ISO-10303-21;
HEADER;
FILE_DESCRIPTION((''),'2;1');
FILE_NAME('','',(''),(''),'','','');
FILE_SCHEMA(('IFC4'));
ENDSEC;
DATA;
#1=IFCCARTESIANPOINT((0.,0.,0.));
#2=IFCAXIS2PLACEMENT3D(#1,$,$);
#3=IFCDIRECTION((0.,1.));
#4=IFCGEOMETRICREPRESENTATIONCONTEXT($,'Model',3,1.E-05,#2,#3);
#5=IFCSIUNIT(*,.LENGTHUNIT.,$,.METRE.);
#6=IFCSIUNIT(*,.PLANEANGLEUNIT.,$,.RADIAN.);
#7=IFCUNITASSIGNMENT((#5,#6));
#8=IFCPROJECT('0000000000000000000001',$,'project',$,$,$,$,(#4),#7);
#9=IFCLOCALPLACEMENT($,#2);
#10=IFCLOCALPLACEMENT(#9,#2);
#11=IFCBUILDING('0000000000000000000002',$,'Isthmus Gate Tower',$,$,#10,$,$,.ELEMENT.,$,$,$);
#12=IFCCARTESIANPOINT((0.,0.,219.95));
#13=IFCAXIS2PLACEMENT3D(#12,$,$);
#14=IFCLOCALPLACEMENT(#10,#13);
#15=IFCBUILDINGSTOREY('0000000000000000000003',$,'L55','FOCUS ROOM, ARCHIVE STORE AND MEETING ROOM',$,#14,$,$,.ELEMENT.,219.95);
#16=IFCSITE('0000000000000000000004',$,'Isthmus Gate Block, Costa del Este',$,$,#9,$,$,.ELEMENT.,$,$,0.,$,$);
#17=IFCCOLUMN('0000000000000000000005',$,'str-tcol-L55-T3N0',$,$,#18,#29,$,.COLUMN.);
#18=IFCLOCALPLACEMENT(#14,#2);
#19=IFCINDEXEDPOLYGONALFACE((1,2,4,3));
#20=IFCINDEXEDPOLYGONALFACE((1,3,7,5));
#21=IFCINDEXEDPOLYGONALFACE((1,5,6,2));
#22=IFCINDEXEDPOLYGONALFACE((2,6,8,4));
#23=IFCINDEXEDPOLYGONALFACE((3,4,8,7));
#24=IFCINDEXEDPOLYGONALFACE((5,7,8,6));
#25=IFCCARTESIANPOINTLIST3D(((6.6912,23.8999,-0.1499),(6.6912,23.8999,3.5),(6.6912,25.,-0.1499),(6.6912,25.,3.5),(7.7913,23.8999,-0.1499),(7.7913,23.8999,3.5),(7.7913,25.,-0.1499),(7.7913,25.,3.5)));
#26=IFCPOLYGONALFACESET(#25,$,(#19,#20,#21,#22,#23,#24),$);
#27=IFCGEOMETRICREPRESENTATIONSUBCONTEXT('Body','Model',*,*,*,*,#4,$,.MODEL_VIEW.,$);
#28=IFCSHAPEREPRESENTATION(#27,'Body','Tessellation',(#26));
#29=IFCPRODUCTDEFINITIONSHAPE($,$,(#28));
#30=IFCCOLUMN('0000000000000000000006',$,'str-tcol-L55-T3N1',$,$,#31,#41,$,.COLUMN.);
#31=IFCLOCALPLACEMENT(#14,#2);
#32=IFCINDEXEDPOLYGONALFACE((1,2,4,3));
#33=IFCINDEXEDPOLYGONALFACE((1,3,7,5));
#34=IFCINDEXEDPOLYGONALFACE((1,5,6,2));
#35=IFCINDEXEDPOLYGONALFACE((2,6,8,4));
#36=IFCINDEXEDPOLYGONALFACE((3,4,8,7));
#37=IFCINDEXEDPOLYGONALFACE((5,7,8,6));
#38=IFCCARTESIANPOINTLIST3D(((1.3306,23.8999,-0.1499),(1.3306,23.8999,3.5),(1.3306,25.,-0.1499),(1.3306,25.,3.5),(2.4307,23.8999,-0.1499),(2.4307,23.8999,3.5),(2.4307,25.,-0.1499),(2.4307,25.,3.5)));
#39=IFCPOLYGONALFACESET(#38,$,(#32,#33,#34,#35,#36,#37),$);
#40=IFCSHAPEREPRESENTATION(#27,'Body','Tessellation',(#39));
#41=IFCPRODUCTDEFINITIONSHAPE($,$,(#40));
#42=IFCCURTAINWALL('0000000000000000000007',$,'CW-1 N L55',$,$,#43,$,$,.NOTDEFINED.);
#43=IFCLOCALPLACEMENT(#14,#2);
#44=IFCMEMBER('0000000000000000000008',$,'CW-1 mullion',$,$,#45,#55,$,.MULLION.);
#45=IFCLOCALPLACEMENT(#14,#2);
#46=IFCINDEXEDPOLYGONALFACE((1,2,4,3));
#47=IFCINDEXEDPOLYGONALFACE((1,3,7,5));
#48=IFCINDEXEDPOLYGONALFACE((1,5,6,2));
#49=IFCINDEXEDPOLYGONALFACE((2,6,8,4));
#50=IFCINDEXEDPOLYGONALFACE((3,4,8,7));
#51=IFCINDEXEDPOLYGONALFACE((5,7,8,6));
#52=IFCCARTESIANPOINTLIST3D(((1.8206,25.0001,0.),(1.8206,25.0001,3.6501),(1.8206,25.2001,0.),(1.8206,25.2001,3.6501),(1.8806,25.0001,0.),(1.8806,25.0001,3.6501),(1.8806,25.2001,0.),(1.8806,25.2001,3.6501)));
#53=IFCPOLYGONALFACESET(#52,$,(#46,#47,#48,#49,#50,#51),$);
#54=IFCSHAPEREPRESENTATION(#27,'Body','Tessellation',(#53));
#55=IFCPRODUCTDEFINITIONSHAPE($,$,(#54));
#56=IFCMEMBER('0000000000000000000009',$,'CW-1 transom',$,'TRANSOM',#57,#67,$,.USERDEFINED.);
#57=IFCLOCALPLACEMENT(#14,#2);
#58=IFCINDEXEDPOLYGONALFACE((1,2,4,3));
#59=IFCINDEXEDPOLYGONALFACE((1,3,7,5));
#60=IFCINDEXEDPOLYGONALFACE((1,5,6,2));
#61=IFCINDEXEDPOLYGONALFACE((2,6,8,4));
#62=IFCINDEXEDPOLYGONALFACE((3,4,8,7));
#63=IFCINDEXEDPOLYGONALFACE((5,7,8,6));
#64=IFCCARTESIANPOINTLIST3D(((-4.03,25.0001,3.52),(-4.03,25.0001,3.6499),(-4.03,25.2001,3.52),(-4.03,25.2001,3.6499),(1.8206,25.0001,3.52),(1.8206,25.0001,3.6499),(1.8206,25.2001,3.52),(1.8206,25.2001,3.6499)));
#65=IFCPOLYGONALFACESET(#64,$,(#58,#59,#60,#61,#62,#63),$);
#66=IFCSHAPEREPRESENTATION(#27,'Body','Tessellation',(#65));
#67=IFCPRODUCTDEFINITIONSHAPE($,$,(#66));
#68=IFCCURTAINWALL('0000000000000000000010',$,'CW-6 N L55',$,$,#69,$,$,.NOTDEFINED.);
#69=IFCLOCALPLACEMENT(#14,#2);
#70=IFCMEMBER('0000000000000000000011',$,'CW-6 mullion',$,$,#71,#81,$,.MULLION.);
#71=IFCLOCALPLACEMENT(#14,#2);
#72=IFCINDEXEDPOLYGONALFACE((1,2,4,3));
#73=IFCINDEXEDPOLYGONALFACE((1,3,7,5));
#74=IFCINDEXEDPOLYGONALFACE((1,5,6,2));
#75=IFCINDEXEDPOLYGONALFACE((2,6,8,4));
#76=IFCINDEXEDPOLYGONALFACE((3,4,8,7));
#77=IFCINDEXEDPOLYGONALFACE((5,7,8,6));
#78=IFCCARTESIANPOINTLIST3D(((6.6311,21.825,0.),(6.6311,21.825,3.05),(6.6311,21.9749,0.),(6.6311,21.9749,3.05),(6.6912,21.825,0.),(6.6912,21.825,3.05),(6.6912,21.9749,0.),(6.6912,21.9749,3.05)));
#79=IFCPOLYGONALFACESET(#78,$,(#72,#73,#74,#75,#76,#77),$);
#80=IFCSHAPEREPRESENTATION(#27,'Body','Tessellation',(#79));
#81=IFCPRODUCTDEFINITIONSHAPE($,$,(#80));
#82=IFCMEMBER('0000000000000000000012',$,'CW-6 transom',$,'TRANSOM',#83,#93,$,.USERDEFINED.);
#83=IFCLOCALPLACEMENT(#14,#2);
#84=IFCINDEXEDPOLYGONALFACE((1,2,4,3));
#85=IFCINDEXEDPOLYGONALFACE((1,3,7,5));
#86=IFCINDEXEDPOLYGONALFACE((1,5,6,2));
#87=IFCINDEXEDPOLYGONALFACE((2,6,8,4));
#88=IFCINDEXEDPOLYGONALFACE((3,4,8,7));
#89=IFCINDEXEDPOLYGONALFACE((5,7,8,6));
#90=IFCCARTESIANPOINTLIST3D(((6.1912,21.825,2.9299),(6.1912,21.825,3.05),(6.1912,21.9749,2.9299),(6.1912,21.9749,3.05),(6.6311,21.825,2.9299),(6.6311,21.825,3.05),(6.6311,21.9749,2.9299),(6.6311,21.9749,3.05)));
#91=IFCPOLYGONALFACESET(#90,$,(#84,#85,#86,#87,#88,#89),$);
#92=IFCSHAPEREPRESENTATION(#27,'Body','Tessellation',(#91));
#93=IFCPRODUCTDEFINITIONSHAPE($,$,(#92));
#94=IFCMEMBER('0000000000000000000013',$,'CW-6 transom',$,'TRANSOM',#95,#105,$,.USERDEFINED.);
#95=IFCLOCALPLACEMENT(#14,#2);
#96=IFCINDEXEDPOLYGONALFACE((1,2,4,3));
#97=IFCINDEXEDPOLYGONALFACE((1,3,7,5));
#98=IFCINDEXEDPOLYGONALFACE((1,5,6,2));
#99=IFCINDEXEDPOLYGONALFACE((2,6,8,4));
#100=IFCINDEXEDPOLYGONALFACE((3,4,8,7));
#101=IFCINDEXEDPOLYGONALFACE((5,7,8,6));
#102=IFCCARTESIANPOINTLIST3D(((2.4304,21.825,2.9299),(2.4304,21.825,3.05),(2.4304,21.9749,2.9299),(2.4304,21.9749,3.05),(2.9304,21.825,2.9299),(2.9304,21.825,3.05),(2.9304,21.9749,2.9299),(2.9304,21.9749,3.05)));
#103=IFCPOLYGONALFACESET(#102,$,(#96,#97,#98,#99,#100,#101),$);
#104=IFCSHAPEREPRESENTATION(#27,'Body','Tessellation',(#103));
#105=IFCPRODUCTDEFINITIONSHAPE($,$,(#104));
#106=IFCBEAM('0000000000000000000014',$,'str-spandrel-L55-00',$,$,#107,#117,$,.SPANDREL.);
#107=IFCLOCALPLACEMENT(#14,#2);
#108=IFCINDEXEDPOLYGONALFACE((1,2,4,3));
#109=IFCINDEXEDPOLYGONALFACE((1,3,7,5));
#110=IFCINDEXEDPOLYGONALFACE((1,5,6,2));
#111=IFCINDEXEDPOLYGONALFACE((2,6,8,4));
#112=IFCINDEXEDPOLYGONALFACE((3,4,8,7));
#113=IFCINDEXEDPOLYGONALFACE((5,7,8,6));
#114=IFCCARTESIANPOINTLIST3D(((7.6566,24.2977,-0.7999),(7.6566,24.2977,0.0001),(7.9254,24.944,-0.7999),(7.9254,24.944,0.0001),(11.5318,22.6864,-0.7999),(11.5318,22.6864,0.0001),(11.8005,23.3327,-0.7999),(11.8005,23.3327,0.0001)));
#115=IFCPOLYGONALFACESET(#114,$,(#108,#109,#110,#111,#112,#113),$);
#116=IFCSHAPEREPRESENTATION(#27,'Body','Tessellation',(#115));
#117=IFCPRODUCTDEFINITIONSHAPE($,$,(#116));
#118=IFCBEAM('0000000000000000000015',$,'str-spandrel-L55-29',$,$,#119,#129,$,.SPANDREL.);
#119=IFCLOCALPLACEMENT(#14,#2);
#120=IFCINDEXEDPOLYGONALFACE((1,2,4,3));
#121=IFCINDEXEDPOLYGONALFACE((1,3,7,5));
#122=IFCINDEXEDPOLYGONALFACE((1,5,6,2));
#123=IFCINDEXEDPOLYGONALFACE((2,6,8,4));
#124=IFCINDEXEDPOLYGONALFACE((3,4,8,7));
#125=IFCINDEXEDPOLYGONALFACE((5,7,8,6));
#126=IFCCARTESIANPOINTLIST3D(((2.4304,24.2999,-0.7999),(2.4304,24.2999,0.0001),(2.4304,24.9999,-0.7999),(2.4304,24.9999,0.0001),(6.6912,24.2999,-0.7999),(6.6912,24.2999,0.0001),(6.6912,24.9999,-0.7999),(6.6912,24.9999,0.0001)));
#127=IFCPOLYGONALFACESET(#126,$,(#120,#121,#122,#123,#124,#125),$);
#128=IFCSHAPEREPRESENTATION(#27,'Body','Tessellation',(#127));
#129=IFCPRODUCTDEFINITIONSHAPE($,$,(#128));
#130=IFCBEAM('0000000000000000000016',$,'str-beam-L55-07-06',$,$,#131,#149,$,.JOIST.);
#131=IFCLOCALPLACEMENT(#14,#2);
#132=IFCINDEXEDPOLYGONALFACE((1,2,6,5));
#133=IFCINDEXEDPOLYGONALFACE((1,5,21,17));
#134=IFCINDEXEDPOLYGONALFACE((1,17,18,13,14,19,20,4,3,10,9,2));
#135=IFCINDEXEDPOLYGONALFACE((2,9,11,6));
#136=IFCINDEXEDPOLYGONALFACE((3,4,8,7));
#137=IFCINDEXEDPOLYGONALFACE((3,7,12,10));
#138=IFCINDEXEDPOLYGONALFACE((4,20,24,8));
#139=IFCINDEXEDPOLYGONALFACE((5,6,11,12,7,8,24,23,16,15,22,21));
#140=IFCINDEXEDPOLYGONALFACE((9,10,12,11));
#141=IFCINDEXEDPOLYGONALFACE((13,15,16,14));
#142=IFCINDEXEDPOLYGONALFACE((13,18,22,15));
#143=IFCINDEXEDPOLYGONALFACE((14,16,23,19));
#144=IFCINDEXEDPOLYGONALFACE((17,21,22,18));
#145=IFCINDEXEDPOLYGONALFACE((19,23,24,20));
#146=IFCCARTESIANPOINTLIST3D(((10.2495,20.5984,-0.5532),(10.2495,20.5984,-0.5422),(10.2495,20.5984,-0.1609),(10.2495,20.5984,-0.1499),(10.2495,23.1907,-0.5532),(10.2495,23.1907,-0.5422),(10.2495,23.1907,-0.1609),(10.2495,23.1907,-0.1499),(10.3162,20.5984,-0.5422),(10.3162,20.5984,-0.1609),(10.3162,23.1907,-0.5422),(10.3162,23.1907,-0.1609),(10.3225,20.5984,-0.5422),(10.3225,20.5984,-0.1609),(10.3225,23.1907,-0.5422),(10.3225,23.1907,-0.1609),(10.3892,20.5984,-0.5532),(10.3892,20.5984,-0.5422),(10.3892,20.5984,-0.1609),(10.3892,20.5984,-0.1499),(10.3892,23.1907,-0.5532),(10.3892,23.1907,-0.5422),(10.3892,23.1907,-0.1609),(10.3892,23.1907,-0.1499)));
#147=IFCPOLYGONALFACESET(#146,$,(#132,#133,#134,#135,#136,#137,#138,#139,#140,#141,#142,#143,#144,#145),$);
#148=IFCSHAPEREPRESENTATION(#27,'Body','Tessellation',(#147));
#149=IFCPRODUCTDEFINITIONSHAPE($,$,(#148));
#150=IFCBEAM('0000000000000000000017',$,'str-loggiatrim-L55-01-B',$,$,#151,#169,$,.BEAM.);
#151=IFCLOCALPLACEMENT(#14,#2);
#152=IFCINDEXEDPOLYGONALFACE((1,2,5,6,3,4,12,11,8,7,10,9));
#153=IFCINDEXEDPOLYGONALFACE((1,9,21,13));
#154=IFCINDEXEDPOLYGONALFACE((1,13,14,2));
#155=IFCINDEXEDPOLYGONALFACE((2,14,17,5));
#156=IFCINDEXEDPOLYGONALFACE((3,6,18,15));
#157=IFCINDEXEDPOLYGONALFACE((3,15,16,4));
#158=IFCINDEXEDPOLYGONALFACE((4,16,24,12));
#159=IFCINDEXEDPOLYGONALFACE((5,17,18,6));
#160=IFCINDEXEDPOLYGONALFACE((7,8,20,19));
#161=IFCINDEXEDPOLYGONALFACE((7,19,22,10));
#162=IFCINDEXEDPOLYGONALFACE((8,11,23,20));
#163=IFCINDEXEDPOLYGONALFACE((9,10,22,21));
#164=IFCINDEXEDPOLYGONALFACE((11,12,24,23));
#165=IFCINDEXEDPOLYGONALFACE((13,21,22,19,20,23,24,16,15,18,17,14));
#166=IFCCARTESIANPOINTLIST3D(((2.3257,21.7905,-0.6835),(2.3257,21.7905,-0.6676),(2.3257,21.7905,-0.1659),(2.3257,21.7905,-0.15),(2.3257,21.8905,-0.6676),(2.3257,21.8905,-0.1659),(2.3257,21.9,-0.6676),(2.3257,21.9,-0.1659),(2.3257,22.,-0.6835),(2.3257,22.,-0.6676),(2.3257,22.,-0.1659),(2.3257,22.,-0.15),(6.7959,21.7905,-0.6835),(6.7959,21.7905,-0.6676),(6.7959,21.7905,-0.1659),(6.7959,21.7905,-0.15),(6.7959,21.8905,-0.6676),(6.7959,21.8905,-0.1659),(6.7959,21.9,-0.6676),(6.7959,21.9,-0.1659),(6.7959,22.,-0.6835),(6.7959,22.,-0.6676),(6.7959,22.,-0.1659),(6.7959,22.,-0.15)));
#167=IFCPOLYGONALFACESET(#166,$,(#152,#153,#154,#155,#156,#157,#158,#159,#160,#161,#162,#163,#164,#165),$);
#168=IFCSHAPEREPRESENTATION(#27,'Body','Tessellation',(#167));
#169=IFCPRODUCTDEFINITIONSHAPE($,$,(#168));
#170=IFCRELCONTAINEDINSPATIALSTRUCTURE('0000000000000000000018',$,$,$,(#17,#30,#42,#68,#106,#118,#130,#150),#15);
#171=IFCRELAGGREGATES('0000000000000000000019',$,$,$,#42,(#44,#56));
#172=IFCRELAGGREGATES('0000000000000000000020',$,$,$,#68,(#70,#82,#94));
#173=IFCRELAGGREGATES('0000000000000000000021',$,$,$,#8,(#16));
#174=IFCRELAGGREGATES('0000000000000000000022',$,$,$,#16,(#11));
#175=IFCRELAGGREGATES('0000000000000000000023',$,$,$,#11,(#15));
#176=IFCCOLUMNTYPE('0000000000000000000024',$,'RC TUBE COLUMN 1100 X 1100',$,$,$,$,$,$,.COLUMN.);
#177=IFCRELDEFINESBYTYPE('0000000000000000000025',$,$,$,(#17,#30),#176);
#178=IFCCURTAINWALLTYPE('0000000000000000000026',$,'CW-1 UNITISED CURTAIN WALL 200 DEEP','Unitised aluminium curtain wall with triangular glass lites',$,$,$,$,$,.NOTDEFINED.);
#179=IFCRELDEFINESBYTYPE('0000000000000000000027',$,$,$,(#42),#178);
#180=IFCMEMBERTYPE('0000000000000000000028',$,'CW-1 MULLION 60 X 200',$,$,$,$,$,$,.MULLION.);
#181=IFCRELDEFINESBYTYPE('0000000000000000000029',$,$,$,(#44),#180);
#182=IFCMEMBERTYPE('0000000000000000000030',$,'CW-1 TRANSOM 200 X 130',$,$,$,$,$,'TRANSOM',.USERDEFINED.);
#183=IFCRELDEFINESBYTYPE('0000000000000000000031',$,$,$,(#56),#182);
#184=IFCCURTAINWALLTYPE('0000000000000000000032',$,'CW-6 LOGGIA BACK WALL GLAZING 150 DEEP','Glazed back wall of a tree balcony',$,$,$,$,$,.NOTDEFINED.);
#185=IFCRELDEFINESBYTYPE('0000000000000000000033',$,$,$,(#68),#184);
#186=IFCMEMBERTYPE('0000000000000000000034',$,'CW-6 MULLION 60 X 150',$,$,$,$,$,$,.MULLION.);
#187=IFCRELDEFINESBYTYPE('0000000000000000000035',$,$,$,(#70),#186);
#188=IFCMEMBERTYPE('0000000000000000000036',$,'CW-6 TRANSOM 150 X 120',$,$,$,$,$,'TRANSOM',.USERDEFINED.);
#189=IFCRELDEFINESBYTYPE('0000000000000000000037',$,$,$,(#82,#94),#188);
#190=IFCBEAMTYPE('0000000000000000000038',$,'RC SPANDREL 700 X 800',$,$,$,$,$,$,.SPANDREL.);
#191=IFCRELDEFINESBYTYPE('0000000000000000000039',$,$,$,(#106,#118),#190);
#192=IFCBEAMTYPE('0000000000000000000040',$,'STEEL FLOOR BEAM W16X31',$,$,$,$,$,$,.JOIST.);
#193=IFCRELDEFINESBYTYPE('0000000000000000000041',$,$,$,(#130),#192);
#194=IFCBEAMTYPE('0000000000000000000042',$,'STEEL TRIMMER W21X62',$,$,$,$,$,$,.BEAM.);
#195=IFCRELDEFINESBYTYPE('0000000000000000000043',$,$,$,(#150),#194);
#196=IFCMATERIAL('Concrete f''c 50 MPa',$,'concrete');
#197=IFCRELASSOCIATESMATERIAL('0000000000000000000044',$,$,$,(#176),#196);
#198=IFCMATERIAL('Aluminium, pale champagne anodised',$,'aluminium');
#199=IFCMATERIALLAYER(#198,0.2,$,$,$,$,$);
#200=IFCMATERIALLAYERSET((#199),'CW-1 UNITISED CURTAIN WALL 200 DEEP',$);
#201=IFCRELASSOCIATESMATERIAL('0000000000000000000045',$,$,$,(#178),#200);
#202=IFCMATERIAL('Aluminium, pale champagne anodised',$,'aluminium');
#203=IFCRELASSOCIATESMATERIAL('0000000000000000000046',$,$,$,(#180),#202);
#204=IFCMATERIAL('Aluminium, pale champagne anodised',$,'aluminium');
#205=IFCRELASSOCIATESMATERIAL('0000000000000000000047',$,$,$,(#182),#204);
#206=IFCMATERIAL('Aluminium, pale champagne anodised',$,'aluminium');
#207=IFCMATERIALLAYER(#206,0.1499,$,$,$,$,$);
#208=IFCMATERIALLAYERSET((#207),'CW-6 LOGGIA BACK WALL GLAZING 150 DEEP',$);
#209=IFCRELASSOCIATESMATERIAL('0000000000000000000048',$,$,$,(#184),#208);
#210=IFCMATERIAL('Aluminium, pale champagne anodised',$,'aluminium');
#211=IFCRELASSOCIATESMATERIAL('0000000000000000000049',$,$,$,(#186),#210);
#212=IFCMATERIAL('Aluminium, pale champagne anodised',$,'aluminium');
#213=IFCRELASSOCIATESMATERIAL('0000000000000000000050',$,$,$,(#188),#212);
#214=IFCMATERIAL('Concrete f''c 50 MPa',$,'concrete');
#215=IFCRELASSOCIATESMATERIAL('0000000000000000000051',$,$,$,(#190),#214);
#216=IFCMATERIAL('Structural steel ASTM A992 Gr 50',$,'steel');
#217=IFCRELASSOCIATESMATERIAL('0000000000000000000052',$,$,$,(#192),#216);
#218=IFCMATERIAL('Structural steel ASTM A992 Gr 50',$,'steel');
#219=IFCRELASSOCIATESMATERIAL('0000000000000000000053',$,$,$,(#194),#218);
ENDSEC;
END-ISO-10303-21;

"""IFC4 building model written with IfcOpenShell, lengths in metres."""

from ifc_helpers import new_model, si_unit, direction, frame, origin, origin_2d, place, context, subcontext, project, spatial, rectangle, i_section, extrude, material, layer, layer_set, material_profile, profile_set, type_object, element, aggregate, save


model = new_model("IFC4")

# Units and contexts
model_context = context("Model", 3, precision=1e-05, world=origin(), true_north=direction((0.0, 1.0)))
body_context = subcontext(model_context, "Body", "Model", "MODEL_VIEW")
ifc_project = project(units=[si_unit("LENGTHUNIT", "METRE"), si_unit("PLANEANGLEUNIT", "RADIAN")], contexts=[model_context])

# Site, building, storey
site_placement = place(None, origin())
site = spatial("IfcSite", under=ifc_project, at=site_placement, Name="Isthmus Gate Block, Costa del Este", CompositionType="ELEMENT", RefElevation=0.0)
building_placement = place(site_placement, origin())
building = spatial("IfcBuilding", under=site, at=building_placement, Name="Isthmus Gate Tower", CompositionType="ELEMENT")
storey_placement = place(building_placement, frame((0.0, 0.0, 219.95)))
storey = spatial("IfcBuildingStorey", under=building, at=storey_placement, Name="L55", Description="FOCUS ROOM, ARCHIVE STORE AND MEETING ROOM", CompositionType="ELEMENT", Elevation=219.95)

# Columns
ifc_material_1 = material(Name="Concrete f'c 50 MPa", Category="concrete")
ifc_material_profile_1 = material_profile(ifc_material_1, rectangle(XDim=1.1001, YDim=1.1001, at=origin_2d()), Name="RC 1100X1100")
ifc_profile_set_1 = profile_set([ifc_material_profile_1], Name="Concrete f'c 50 MPa")
column_type = type_object("IfcColumnType", Name="RC TUBE COLUMN 1100 X 1100", PredefinedType="COLUMN", material=ifc_profile_set_1)
for number, where, z_axis, x_axis, name in (
    (1, (7.2412, 24.45, -0.1499), (0.0, 0.0, 1.0), (-1.0, 0.0, 0.0), "str-tcol-L55-T3N0"),
    (2, (1.8806, 24.45, -0.1499), (0.0, 0.0, 1.0), (-1.0, 0.0, 0.0), "str-tcol-L55-T3N1"),
):
    element("IfcColumn", number, at=place(storey_placement, frame(where, z_axis=z_axis, x_axis=x_axis)), inside=storey, type_object=column_type, Name=name, PredefinedType="COLUMN", context=body_context, shape_type="SweptSolid", body=[
        extrude(rectangle(XDim=1.1001, YDim=1.1001, at=origin_2d()), origin(), (0.0, 0.0, 1.0), 3.6499),
    ])

# Curtain walls, members
ifc_material_2 = material(Name="Aluminium, pale champagne anodised", Category="aluminium")
ifc_layer_1 = layer(ifc_material_2, 0.2)
ifc_layer_set_1 = layer_set([ifc_layer_1], Name="CW-1 UNITISED CURTAIN WALL 200 DEEP")
curtain_wall_type_1 = type_object("IfcCurtainWallType", Name="CW-1 UNITISED CURTAIN WALL 200 DEEP", Description="Unitised aluminium curtain wall with triangular glass lites", PredefinedType="NOTDEFINED", material=ifc_layer_set_1)
curtain_wall_1_placement = place(storey_placement, origin())
curtain_wall_1 = element("IfcCurtainWall", 3, at=curtain_wall_1_placement, inside=storey, type_object=curtain_wall_type_1, Name="CW-1 N L55", PredefinedType="NOTDEFINED")
ifc_material_3 = material(Name="Aluminium, pale champagne anodised", Category="aluminium")
ifc_material_profile_2 = material_profile(ifc_material_3, rectangle(XDim=0.0601, YDim=0.2, at=origin_2d()), Name="60x200")
ifc_profile_set_2 = profile_set([ifc_material_profile_2], Name="Aluminium, pale champagne anodised")
member_type_1 = type_object("IfcMemberType", Name="CW-1 MULLION 60 X 200", PredefinedType="MULLION", material=ifc_profile_set_2)
member_1_placement = place(storey_placement, frame((1.8506, 25.1001, 0.0), z_axis=(0.0, 0.0, 1.0), x_axis=(-1.0, 0.0, 0.0)))
member_1 = element("IfcMember", 4, at=member_1_placement, type_object=member_type_1, Name="CW-1 mullion", PredefinedType="MULLION", context=body_context, shape_type="SweptSolid", body=[
    extrude(rectangle(XDim=0.0601, YDim=0.2, at=origin_2d()), origin(), (0.0, 0.0, 1.0), 3.6501),
])
ifc_material_4 = material(Name="Aluminium, pale champagne anodised", Category="aluminium")
ifc_material_profile_3 = material_profile(ifc_material_4, rectangle(XDim=0.2, YDim=0.1299, at=origin_2d()), Name="200x130")
ifc_profile_set_3 = profile_set([ifc_material_profile_3], Name="Aluminium, pale champagne anodised")
member_type_2 = type_object("IfcMemberType", Name="CW-1 TRANSOM 200 X 130", ElementType="TRANSOM", PredefinedType="USERDEFINED", material=ifc_profile_set_3)
member_2_placement = place(storey_placement, frame((1.8206, 25.1001, 3.585), z_axis=(-1.0, 0.0, 0.0), x_axis=(0.0, -1.0, 0.0)))
member_2 = element("IfcMember", 5, at=member_2_placement, type_object=member_type_2, Name="CW-1 transom", ObjectType="TRANSOM", PredefinedType="USERDEFINED", context=body_context, shape_type="SweptSolid", body=[
    extrude(rectangle(XDim=0.2, YDim=0.1299, at=origin_2d()), origin(), (0.0, 0.0, 1.0), 5.8506),
])
aggregate(curtain_wall_1, [member_1, member_2])
ifc_material_5 = material(Name="Aluminium, pale champagne anodised", Category="aluminium")
ifc_layer_2 = layer(ifc_material_5, 0.1499)
ifc_layer_set_2 = layer_set([ifc_layer_2], Name="CW-6 LOGGIA BACK WALL GLAZING 150 DEEP")
curtain_wall_type_2 = type_object("IfcCurtainWallType", Name="CW-6 LOGGIA BACK WALL GLAZING 150 DEEP", Description="Glazed back wall of a tree balcony", PredefinedType="NOTDEFINED", material=ifc_layer_set_2)
curtain_wall_2_placement = place(storey_placement, origin())
curtain_wall_2 = element("IfcCurtainWall", 6, at=curtain_wall_2_placement, inside=storey, type_object=curtain_wall_type_2, Name="CW-6 N L55", PredefinedType="NOTDEFINED")
ifc_material_6 = material(Name="Aluminium, pale champagne anodised", Category="aluminium")
ifc_material_profile_4 = material_profile(ifc_material_6, rectangle(XDim=0.0601, YDim=0.1499, at=origin_2d()), Name="60x150")
ifc_profile_set_4 = profile_set([ifc_material_profile_4], Name="Aluminium, pale champagne anodised")
member_type_3 = type_object("IfcMemberType", Name="CW-6 MULLION 60 X 150", PredefinedType="MULLION", material=ifc_profile_set_4)
member_3_placement = place(storey_placement, frame((6.6611, 21.8999, 0.0), z_axis=(0.0, 0.0, 1.0), x_axis=(-1.0, 0.0, 0.0)))
member_3 = element("IfcMember", 7, at=member_3_placement, type_object=member_type_3, Name="CW-6 mullion", PredefinedType="MULLION", context=body_context, shape_type="SweptSolid", body=[
    extrude(rectangle(XDim=0.0601, YDim=0.1499, at=origin_2d()), origin(), (0.0, 0.0, 1.0), 3.05),
])
ifc_material_7 = material(Name="Aluminium, pale champagne anodised", Category="aluminium")
ifc_material_profile_5 = material_profile(ifc_material_7, rectangle(XDim=0.1499, YDim=0.1201, at=origin_2d()), Name="150x120")
ifc_profile_set_5 = profile_set([ifc_material_profile_5], Name="Aluminium, pale champagne anodised")
member_type_4 = type_object("IfcMemberType", Name="CW-6 TRANSOM 150 X 120", ElementType="TRANSOM", PredefinedType="USERDEFINED", material=ifc_profile_set_5)
member_4_placement = place(storey_placement, frame((6.6311, 21.8999, 2.99), z_axis=(-1.0, 0.0, 0.0), x_axis=(0.0, -1.0, 0.0)))
member_4 = element("IfcMember", 8, at=member_4_placement, type_object=member_type_4, Name="CW-6 transom", ObjectType="TRANSOM", PredefinedType="USERDEFINED", context=body_context, shape_type="SweptSolid", body=[
    extrude(rectangle(XDim=0.1499, YDim=0.1201, at=origin_2d()), origin(), (0.0, 0.0, 1.0), 0.4399),
])
member_5_placement = place(storey_placement, frame((2.9304, 21.8999, 2.99), z_axis=(-1.0, 0.0, 0.0), x_axis=(0.0, -1.0, 0.0)))
member_5 = element("IfcMember", 9, at=member_5_placement, type_object=member_type_4, Name="CW-6 transom", ObjectType="TRANSOM", PredefinedType="USERDEFINED", context=body_context, shape_type="SweptSolid", body=[
    extrude(rectangle(XDim=0.1499, YDim=0.1201, at=origin_2d()), origin(), (0.0, 0.0, 1.0), 0.5),
])

# Beams
ifc_material_8 = material(Name="Concrete f'c 50 MPa", Category="concrete")
ifc_material_profile_6 = material_profile(ifc_material_8, rectangle(XDim=0.7, YDim=0.8, at=origin_2d()), Name="RC 700X800")
ifc_profile_set_6 = profile_set([ifc_material_profile_6], Name="Concrete f'c 50 MPa")
beam_type_1 = type_object("IfcBeamType", Name="RC SPANDREL 700 X 800", PredefinedType="SPANDREL", material=ifc_profile_set_6)
beam_1_placement = place(storey_placement, frame((7.791, 24.6208, -0.3999), z_axis=(0.923361, -0.383934, 0.0), x_axis=(0.383934, 0.923361, 0.0)))
element("IfcBeam", 10, at=beam_1_placement, inside=storey, type_object=beam_type_1, Name="str-spandrel-L55-00", PredefinedType="SPANDREL", context=body_context, shape_type="SweptSolid", body=[
    extrude(rectangle(XDim=0.7, YDim=0.8, at=origin_2d()), origin(), (0.0, 0.0, 1.0), 4.1968),
])
beam_2_placement = place(storey_placement, frame((2.4304, 24.6499, -0.3999), z_axis=(1.0, 0.0, 0.0), x_axis=(0.0, 1.0, 0.0)))
element("IfcBeam", 11, at=beam_2_placement, inside=storey, type_object=beam_type_1, Name="str-spandrel-L55-29", PredefinedType="SPANDREL", context=body_context, shape_type="SweptSolid", body=[
    extrude(rectangle(XDim=0.7, YDim=0.8, at=origin_2d()), origin(), (0.0, 0.0, 1.0), 4.2607),
])
ifc_material_9 = material(Name="Structural steel ASTM A992 Gr 50", Category="steel")
ifc_material_profile_7 = material_profile(ifc_material_9, i_section(OverallWidth=0.1396, OverallDepth=0.4033, WebThickness=0.0063, FlangeThickness=0.011, at=origin_2d()), Name="W16X31")
ifc_profile_set_7 = profile_set([ifc_material_profile_7], Name="Structural steel ASTM A992 Gr 50")
beam_type_2 = type_object("IfcBeamType", Name="STEEL FLOOR BEAM W16X31", PredefinedType="JOIST", material=ifc_profile_set_7)
beam_3_placement = place(storey_placement, frame((10.3193, 20.5984, -0.3516), z_axis=(0.0, 1.0, 0.0), x_axis=(-1.0, 0.0, 0.0)))
element("IfcBeam", 12, at=beam_3_placement, inside=storey, type_object=beam_type_2, Name="str-beam-L55-07-06", PredefinedType="JOIST", context=body_context, shape_type="SweptSolid", body=[
    extrude(i_section(OverallWidth=0.1396, OverallDepth=0.4033, WebThickness=0.0063, FlangeThickness=0.011, at=origin_2d()), origin(), (0.0, 0.0, 1.0), 2.5923),
])
ifc_material_10 = material(Name="Structural steel ASTM A992 Gr 50", Category="steel")
ifc_material_profile_8 = material_profile(ifc_material_10, i_section(OverallWidth=0.2095, OverallDepth=0.5334, WebThickness=0.0095, FlangeThickness=0.0159, at=origin_2d()), Name="W21X62")
ifc_profile_set_8 = profile_set([ifc_material_profile_8], Name="Structural steel ASTM A992 Gr 50")
beam_type_3 = type_object("IfcBeamType", Name="STEEL TRIMMER W21X62", PredefinedType="BEAM", material=ifc_profile_set_8)
beam_4_placement = place(storey_placement, frame((6.7959, 21.8953, -0.4167), z_axis=(-1.0, 0.0, 0.0), x_axis=(0.0, -1.0, 0.0)))
element("IfcBeam", 13, at=beam_4_placement, inside=storey, type_object=beam_type_3, Name="str-loggiatrim-L55-01-B", PredefinedType="BEAM", context=body_context, shape_type="SweptSolid", body=[
    extrude(i_section(OverallWidth=0.2095, OverallDepth=0.5334, WebThickness=0.0095, FlangeThickness=0.0159, at=origin_2d()), origin(), (0.0, 0.0, 1.0), 4.4702),
])

aggregate(curtain_wall_2, [member_3, member_4, member_5])

save(model, "model.ifc")
